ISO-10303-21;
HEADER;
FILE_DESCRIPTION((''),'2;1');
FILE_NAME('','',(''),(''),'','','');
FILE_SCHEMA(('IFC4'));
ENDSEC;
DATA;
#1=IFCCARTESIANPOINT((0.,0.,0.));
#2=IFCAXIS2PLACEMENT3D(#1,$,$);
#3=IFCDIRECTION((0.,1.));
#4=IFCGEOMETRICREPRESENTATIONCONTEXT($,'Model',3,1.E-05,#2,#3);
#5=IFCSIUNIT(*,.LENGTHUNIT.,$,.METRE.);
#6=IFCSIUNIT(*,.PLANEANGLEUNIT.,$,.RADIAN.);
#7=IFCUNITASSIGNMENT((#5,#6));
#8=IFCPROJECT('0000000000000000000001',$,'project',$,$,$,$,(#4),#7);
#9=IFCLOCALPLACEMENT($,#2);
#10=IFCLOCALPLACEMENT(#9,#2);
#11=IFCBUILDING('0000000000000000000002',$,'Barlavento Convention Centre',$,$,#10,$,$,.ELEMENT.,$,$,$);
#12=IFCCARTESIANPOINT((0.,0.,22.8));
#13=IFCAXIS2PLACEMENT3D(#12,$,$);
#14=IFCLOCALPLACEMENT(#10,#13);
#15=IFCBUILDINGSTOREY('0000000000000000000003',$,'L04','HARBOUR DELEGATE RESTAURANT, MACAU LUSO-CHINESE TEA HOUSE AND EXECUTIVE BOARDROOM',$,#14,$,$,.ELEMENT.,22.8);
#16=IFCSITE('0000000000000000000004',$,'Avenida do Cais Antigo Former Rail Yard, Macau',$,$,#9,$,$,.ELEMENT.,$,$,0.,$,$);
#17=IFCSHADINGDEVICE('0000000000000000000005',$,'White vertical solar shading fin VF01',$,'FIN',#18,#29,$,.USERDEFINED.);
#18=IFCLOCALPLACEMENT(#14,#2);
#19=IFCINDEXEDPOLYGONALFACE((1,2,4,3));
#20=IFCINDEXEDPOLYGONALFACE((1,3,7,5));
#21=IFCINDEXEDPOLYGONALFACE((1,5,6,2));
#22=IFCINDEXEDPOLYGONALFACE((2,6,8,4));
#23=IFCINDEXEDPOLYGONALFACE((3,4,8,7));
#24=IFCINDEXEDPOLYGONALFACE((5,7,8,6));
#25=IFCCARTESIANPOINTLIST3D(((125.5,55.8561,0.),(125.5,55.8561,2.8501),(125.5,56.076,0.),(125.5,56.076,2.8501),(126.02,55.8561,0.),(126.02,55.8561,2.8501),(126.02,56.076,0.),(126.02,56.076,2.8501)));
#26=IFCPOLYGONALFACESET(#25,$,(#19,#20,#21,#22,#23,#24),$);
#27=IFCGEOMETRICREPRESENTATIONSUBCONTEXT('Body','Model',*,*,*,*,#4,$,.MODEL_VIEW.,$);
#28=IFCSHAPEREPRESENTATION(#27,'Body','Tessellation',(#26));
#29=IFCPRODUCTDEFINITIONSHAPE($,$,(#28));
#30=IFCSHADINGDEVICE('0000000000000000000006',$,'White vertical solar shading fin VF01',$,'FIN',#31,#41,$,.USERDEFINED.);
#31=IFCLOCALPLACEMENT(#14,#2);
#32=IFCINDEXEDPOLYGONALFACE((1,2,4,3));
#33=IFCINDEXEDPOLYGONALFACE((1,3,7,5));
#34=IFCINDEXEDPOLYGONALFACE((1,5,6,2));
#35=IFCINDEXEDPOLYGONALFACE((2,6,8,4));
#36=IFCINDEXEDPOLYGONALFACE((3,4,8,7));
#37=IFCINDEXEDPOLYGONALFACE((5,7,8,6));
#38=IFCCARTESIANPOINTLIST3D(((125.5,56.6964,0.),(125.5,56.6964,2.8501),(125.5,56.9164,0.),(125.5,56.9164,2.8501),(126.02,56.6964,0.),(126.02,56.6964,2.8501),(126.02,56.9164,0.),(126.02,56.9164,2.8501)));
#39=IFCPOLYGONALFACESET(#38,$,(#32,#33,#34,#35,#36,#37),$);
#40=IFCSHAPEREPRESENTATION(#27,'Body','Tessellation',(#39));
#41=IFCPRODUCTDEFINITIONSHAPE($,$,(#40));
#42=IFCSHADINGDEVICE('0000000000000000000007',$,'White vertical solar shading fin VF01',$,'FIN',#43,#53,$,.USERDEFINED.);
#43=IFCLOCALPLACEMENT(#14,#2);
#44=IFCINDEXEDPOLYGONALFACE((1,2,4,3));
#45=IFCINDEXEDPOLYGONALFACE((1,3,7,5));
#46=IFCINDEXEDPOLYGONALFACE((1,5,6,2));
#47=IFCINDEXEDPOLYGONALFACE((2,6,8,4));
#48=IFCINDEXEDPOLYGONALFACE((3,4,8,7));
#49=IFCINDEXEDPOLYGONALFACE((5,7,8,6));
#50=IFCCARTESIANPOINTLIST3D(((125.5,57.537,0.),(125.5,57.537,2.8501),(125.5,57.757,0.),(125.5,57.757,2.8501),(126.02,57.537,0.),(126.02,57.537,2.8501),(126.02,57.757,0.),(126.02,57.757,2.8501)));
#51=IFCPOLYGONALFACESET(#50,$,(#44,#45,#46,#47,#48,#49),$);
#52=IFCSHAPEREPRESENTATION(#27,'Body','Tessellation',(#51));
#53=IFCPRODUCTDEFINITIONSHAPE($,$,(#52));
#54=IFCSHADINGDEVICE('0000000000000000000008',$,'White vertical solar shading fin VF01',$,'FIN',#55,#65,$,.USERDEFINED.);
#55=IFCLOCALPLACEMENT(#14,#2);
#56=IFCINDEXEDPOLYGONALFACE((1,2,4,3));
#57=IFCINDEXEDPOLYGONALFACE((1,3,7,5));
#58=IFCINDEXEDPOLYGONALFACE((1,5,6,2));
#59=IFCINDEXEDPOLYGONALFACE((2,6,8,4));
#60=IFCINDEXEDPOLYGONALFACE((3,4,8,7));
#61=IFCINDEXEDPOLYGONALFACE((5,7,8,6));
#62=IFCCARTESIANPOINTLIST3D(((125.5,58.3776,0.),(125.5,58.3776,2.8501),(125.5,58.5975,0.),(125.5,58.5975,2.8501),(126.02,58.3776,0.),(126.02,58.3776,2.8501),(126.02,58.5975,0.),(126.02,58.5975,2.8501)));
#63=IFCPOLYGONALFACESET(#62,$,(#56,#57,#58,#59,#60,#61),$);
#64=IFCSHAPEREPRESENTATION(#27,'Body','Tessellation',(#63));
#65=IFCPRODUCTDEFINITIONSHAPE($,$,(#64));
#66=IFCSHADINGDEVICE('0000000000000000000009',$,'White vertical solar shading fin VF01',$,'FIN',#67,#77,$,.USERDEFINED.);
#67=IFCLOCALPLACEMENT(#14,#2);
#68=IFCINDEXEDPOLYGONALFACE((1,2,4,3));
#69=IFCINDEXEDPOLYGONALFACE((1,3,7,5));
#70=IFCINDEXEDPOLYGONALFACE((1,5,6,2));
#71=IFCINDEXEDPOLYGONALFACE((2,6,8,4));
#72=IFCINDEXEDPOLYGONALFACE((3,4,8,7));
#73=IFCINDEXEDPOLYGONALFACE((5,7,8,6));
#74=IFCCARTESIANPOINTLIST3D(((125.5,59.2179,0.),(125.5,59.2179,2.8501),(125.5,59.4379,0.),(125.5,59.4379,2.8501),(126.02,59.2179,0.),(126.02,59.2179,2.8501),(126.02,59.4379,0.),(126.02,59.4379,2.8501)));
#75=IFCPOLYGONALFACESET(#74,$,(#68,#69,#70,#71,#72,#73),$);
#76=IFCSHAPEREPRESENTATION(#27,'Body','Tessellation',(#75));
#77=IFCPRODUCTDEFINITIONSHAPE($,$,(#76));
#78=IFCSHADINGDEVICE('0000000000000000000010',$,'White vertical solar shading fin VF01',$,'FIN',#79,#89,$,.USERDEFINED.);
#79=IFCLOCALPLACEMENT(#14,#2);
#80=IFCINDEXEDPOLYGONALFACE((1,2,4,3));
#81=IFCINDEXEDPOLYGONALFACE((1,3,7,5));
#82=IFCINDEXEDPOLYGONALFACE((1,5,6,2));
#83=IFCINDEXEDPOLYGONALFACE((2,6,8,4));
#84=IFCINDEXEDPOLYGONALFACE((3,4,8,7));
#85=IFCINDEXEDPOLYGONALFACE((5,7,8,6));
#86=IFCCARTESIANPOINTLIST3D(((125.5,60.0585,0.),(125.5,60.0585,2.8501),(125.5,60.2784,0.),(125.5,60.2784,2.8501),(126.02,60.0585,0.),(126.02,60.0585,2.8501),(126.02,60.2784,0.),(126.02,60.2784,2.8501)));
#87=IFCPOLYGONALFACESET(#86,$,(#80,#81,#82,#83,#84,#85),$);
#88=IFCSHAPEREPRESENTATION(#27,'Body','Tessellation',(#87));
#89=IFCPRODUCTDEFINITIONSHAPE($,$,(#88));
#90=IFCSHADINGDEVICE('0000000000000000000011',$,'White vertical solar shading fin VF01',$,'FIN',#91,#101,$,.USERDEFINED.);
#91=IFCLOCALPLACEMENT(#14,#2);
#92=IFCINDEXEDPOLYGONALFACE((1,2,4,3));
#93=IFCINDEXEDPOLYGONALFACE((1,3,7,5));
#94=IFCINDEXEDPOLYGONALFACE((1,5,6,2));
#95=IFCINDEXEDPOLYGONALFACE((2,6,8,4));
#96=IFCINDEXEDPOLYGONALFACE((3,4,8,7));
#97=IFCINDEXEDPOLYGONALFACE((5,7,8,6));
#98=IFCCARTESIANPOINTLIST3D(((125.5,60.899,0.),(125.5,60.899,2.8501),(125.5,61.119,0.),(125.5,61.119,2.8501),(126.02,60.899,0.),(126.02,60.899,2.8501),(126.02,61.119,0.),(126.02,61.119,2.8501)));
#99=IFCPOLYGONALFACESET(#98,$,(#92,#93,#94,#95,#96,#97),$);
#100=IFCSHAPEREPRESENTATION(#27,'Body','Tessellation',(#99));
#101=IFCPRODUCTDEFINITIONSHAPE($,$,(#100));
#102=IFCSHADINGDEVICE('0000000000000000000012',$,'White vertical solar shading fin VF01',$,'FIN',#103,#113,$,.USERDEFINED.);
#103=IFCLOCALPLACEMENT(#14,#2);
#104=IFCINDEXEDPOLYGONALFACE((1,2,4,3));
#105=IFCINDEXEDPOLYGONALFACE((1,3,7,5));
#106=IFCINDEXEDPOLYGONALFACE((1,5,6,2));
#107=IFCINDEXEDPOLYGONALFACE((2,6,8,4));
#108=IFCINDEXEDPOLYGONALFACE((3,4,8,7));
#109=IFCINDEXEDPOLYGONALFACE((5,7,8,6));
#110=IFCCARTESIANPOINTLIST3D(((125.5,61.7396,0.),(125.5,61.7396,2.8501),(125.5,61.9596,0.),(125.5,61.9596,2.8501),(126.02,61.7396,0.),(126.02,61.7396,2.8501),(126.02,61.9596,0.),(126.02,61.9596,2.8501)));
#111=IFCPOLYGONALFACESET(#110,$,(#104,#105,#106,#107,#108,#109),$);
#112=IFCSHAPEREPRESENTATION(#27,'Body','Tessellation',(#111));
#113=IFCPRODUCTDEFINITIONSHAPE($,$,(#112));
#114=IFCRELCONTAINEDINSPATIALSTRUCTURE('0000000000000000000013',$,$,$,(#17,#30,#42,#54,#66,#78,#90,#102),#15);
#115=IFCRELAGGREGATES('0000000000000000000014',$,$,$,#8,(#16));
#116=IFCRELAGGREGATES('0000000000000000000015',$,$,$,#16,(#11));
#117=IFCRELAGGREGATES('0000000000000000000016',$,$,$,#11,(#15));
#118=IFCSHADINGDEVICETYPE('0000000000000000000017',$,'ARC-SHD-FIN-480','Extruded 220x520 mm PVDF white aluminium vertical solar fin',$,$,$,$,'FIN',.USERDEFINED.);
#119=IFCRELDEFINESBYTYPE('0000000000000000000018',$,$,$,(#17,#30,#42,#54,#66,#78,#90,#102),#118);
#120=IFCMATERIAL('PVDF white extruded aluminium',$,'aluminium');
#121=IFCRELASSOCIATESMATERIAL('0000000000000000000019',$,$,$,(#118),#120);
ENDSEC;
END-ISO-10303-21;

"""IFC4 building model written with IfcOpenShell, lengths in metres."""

from ifc_helpers import new_model, si_unit, direction, frame, origin, origin_2d, place, context, subcontext, project, spatial, rectangle, extrude, material, type_object, element, save


model = new_model("IFC4")

# Units and contexts
model_context = context("Model", 3, precision=1e-05, world=origin(), true_north=direction((0.0, 1.0)))
body_context = subcontext(model_context, "Body", "Model", "MODEL_VIEW")
ifc_project = project(units=[si_unit("LENGTHUNIT", "METRE"), si_unit("PLANEANGLEUNIT", "RADIAN")], contexts=[model_context])

# Site, building, storey
site_placement = place(None, origin())
site = spatial("IfcSite", under=ifc_project, at=site_placement, Name="Avenida do Cais Antigo Former Rail Yard, Macau", CompositionType="ELEMENT", RefElevation=0.0)
building_placement = place(site_placement, origin())
building = spatial("IfcBuilding", under=site, at=building_placement, Name="Barlavento Convention Centre", CompositionType="ELEMENT")
storey_placement = place(building_placement, frame((0.0, 0.0, 22.8)))
storey = spatial("IfcBuildingStorey", under=building, at=storey_placement, Name="L04", Description="HARBOUR DELEGATE RESTAURANT, MACAU LUSO-CHINESE TEA HOUSE AND EXECUTIVE BOARDROOM", CompositionType="ELEMENT", Elevation=22.8)

# Shading devices
ifc_material_1 = material(Name="PVDF white extruded aluminium", Category="aluminium")
shading_device_type = type_object("IfcShadingDeviceType", Name="ARC-SHD-FIN-480", Description="Extruded 220x520 mm PVDF white aluminium vertical solar fin", ElementType="FIN", PredefinedType="USERDEFINED", material=ifc_material_1)
for number, where, z_axis, x_axis, name in (
    (1, (125.76, 55.9661, 0.0), (0.0, 0.0, 1.0), (0.0, 1.0, 0.0), "White vertical solar shading fin VF01"),
    (2, (125.76, 56.8064, 0.0), (0.0, 0.0, 1.0), (0.0, 1.0, 0.0), "White vertical solar shading fin VF01"),
    (3, (125.76, 57.647, 0.0), (0.0, 0.0, 1.0), (0.0, 1.0, 0.0), "White vertical solar shading fin VF01"),
    (4, (125.76, 58.4875, 0.0), (0.0, 0.0, 1.0), (0.0, 1.0, 0.0), "White vertical solar shading fin VF01"),
    (5, (125.76, 59.3279, 0.0), (0.0, 0.0, 1.0), (0.0, 1.0, 0.0), "White vertical solar shading fin VF01"),
    (6, (125.76, 60.1685, 0.0), (0.0, 0.0, 1.0), (0.0, 1.0, 0.0), "White vertical solar shading fin VF01"),
    (7, (125.76, 61.009, 0.0), (0.0, 0.0, 1.0), (0.0, 1.0, 0.0), "White vertical solar shading fin VF01"),
    (8, (125.76, 61.8496, 0.0), (0.0, 0.0, 1.0), (0.0, 1.0, 0.0), "White vertical solar shading fin VF01"),
):
    element("IfcShadingDevice", number, at=place(storey_placement, frame(where, z_axis=z_axis, x_axis=x_axis)), inside=storey, type_object=shading_device_type, Name=name, ObjectType="FIN", PredefinedType="USERDEFINED", context=body_context, shape_type="SweptSolid", body=[
        extrude(rectangle(XDim=0.22, YDim=0.52, at=origin_2d()), origin(), (0.0, 0.0, 1.0), 2.8501),
    ])

save(model, "model.ifc")
